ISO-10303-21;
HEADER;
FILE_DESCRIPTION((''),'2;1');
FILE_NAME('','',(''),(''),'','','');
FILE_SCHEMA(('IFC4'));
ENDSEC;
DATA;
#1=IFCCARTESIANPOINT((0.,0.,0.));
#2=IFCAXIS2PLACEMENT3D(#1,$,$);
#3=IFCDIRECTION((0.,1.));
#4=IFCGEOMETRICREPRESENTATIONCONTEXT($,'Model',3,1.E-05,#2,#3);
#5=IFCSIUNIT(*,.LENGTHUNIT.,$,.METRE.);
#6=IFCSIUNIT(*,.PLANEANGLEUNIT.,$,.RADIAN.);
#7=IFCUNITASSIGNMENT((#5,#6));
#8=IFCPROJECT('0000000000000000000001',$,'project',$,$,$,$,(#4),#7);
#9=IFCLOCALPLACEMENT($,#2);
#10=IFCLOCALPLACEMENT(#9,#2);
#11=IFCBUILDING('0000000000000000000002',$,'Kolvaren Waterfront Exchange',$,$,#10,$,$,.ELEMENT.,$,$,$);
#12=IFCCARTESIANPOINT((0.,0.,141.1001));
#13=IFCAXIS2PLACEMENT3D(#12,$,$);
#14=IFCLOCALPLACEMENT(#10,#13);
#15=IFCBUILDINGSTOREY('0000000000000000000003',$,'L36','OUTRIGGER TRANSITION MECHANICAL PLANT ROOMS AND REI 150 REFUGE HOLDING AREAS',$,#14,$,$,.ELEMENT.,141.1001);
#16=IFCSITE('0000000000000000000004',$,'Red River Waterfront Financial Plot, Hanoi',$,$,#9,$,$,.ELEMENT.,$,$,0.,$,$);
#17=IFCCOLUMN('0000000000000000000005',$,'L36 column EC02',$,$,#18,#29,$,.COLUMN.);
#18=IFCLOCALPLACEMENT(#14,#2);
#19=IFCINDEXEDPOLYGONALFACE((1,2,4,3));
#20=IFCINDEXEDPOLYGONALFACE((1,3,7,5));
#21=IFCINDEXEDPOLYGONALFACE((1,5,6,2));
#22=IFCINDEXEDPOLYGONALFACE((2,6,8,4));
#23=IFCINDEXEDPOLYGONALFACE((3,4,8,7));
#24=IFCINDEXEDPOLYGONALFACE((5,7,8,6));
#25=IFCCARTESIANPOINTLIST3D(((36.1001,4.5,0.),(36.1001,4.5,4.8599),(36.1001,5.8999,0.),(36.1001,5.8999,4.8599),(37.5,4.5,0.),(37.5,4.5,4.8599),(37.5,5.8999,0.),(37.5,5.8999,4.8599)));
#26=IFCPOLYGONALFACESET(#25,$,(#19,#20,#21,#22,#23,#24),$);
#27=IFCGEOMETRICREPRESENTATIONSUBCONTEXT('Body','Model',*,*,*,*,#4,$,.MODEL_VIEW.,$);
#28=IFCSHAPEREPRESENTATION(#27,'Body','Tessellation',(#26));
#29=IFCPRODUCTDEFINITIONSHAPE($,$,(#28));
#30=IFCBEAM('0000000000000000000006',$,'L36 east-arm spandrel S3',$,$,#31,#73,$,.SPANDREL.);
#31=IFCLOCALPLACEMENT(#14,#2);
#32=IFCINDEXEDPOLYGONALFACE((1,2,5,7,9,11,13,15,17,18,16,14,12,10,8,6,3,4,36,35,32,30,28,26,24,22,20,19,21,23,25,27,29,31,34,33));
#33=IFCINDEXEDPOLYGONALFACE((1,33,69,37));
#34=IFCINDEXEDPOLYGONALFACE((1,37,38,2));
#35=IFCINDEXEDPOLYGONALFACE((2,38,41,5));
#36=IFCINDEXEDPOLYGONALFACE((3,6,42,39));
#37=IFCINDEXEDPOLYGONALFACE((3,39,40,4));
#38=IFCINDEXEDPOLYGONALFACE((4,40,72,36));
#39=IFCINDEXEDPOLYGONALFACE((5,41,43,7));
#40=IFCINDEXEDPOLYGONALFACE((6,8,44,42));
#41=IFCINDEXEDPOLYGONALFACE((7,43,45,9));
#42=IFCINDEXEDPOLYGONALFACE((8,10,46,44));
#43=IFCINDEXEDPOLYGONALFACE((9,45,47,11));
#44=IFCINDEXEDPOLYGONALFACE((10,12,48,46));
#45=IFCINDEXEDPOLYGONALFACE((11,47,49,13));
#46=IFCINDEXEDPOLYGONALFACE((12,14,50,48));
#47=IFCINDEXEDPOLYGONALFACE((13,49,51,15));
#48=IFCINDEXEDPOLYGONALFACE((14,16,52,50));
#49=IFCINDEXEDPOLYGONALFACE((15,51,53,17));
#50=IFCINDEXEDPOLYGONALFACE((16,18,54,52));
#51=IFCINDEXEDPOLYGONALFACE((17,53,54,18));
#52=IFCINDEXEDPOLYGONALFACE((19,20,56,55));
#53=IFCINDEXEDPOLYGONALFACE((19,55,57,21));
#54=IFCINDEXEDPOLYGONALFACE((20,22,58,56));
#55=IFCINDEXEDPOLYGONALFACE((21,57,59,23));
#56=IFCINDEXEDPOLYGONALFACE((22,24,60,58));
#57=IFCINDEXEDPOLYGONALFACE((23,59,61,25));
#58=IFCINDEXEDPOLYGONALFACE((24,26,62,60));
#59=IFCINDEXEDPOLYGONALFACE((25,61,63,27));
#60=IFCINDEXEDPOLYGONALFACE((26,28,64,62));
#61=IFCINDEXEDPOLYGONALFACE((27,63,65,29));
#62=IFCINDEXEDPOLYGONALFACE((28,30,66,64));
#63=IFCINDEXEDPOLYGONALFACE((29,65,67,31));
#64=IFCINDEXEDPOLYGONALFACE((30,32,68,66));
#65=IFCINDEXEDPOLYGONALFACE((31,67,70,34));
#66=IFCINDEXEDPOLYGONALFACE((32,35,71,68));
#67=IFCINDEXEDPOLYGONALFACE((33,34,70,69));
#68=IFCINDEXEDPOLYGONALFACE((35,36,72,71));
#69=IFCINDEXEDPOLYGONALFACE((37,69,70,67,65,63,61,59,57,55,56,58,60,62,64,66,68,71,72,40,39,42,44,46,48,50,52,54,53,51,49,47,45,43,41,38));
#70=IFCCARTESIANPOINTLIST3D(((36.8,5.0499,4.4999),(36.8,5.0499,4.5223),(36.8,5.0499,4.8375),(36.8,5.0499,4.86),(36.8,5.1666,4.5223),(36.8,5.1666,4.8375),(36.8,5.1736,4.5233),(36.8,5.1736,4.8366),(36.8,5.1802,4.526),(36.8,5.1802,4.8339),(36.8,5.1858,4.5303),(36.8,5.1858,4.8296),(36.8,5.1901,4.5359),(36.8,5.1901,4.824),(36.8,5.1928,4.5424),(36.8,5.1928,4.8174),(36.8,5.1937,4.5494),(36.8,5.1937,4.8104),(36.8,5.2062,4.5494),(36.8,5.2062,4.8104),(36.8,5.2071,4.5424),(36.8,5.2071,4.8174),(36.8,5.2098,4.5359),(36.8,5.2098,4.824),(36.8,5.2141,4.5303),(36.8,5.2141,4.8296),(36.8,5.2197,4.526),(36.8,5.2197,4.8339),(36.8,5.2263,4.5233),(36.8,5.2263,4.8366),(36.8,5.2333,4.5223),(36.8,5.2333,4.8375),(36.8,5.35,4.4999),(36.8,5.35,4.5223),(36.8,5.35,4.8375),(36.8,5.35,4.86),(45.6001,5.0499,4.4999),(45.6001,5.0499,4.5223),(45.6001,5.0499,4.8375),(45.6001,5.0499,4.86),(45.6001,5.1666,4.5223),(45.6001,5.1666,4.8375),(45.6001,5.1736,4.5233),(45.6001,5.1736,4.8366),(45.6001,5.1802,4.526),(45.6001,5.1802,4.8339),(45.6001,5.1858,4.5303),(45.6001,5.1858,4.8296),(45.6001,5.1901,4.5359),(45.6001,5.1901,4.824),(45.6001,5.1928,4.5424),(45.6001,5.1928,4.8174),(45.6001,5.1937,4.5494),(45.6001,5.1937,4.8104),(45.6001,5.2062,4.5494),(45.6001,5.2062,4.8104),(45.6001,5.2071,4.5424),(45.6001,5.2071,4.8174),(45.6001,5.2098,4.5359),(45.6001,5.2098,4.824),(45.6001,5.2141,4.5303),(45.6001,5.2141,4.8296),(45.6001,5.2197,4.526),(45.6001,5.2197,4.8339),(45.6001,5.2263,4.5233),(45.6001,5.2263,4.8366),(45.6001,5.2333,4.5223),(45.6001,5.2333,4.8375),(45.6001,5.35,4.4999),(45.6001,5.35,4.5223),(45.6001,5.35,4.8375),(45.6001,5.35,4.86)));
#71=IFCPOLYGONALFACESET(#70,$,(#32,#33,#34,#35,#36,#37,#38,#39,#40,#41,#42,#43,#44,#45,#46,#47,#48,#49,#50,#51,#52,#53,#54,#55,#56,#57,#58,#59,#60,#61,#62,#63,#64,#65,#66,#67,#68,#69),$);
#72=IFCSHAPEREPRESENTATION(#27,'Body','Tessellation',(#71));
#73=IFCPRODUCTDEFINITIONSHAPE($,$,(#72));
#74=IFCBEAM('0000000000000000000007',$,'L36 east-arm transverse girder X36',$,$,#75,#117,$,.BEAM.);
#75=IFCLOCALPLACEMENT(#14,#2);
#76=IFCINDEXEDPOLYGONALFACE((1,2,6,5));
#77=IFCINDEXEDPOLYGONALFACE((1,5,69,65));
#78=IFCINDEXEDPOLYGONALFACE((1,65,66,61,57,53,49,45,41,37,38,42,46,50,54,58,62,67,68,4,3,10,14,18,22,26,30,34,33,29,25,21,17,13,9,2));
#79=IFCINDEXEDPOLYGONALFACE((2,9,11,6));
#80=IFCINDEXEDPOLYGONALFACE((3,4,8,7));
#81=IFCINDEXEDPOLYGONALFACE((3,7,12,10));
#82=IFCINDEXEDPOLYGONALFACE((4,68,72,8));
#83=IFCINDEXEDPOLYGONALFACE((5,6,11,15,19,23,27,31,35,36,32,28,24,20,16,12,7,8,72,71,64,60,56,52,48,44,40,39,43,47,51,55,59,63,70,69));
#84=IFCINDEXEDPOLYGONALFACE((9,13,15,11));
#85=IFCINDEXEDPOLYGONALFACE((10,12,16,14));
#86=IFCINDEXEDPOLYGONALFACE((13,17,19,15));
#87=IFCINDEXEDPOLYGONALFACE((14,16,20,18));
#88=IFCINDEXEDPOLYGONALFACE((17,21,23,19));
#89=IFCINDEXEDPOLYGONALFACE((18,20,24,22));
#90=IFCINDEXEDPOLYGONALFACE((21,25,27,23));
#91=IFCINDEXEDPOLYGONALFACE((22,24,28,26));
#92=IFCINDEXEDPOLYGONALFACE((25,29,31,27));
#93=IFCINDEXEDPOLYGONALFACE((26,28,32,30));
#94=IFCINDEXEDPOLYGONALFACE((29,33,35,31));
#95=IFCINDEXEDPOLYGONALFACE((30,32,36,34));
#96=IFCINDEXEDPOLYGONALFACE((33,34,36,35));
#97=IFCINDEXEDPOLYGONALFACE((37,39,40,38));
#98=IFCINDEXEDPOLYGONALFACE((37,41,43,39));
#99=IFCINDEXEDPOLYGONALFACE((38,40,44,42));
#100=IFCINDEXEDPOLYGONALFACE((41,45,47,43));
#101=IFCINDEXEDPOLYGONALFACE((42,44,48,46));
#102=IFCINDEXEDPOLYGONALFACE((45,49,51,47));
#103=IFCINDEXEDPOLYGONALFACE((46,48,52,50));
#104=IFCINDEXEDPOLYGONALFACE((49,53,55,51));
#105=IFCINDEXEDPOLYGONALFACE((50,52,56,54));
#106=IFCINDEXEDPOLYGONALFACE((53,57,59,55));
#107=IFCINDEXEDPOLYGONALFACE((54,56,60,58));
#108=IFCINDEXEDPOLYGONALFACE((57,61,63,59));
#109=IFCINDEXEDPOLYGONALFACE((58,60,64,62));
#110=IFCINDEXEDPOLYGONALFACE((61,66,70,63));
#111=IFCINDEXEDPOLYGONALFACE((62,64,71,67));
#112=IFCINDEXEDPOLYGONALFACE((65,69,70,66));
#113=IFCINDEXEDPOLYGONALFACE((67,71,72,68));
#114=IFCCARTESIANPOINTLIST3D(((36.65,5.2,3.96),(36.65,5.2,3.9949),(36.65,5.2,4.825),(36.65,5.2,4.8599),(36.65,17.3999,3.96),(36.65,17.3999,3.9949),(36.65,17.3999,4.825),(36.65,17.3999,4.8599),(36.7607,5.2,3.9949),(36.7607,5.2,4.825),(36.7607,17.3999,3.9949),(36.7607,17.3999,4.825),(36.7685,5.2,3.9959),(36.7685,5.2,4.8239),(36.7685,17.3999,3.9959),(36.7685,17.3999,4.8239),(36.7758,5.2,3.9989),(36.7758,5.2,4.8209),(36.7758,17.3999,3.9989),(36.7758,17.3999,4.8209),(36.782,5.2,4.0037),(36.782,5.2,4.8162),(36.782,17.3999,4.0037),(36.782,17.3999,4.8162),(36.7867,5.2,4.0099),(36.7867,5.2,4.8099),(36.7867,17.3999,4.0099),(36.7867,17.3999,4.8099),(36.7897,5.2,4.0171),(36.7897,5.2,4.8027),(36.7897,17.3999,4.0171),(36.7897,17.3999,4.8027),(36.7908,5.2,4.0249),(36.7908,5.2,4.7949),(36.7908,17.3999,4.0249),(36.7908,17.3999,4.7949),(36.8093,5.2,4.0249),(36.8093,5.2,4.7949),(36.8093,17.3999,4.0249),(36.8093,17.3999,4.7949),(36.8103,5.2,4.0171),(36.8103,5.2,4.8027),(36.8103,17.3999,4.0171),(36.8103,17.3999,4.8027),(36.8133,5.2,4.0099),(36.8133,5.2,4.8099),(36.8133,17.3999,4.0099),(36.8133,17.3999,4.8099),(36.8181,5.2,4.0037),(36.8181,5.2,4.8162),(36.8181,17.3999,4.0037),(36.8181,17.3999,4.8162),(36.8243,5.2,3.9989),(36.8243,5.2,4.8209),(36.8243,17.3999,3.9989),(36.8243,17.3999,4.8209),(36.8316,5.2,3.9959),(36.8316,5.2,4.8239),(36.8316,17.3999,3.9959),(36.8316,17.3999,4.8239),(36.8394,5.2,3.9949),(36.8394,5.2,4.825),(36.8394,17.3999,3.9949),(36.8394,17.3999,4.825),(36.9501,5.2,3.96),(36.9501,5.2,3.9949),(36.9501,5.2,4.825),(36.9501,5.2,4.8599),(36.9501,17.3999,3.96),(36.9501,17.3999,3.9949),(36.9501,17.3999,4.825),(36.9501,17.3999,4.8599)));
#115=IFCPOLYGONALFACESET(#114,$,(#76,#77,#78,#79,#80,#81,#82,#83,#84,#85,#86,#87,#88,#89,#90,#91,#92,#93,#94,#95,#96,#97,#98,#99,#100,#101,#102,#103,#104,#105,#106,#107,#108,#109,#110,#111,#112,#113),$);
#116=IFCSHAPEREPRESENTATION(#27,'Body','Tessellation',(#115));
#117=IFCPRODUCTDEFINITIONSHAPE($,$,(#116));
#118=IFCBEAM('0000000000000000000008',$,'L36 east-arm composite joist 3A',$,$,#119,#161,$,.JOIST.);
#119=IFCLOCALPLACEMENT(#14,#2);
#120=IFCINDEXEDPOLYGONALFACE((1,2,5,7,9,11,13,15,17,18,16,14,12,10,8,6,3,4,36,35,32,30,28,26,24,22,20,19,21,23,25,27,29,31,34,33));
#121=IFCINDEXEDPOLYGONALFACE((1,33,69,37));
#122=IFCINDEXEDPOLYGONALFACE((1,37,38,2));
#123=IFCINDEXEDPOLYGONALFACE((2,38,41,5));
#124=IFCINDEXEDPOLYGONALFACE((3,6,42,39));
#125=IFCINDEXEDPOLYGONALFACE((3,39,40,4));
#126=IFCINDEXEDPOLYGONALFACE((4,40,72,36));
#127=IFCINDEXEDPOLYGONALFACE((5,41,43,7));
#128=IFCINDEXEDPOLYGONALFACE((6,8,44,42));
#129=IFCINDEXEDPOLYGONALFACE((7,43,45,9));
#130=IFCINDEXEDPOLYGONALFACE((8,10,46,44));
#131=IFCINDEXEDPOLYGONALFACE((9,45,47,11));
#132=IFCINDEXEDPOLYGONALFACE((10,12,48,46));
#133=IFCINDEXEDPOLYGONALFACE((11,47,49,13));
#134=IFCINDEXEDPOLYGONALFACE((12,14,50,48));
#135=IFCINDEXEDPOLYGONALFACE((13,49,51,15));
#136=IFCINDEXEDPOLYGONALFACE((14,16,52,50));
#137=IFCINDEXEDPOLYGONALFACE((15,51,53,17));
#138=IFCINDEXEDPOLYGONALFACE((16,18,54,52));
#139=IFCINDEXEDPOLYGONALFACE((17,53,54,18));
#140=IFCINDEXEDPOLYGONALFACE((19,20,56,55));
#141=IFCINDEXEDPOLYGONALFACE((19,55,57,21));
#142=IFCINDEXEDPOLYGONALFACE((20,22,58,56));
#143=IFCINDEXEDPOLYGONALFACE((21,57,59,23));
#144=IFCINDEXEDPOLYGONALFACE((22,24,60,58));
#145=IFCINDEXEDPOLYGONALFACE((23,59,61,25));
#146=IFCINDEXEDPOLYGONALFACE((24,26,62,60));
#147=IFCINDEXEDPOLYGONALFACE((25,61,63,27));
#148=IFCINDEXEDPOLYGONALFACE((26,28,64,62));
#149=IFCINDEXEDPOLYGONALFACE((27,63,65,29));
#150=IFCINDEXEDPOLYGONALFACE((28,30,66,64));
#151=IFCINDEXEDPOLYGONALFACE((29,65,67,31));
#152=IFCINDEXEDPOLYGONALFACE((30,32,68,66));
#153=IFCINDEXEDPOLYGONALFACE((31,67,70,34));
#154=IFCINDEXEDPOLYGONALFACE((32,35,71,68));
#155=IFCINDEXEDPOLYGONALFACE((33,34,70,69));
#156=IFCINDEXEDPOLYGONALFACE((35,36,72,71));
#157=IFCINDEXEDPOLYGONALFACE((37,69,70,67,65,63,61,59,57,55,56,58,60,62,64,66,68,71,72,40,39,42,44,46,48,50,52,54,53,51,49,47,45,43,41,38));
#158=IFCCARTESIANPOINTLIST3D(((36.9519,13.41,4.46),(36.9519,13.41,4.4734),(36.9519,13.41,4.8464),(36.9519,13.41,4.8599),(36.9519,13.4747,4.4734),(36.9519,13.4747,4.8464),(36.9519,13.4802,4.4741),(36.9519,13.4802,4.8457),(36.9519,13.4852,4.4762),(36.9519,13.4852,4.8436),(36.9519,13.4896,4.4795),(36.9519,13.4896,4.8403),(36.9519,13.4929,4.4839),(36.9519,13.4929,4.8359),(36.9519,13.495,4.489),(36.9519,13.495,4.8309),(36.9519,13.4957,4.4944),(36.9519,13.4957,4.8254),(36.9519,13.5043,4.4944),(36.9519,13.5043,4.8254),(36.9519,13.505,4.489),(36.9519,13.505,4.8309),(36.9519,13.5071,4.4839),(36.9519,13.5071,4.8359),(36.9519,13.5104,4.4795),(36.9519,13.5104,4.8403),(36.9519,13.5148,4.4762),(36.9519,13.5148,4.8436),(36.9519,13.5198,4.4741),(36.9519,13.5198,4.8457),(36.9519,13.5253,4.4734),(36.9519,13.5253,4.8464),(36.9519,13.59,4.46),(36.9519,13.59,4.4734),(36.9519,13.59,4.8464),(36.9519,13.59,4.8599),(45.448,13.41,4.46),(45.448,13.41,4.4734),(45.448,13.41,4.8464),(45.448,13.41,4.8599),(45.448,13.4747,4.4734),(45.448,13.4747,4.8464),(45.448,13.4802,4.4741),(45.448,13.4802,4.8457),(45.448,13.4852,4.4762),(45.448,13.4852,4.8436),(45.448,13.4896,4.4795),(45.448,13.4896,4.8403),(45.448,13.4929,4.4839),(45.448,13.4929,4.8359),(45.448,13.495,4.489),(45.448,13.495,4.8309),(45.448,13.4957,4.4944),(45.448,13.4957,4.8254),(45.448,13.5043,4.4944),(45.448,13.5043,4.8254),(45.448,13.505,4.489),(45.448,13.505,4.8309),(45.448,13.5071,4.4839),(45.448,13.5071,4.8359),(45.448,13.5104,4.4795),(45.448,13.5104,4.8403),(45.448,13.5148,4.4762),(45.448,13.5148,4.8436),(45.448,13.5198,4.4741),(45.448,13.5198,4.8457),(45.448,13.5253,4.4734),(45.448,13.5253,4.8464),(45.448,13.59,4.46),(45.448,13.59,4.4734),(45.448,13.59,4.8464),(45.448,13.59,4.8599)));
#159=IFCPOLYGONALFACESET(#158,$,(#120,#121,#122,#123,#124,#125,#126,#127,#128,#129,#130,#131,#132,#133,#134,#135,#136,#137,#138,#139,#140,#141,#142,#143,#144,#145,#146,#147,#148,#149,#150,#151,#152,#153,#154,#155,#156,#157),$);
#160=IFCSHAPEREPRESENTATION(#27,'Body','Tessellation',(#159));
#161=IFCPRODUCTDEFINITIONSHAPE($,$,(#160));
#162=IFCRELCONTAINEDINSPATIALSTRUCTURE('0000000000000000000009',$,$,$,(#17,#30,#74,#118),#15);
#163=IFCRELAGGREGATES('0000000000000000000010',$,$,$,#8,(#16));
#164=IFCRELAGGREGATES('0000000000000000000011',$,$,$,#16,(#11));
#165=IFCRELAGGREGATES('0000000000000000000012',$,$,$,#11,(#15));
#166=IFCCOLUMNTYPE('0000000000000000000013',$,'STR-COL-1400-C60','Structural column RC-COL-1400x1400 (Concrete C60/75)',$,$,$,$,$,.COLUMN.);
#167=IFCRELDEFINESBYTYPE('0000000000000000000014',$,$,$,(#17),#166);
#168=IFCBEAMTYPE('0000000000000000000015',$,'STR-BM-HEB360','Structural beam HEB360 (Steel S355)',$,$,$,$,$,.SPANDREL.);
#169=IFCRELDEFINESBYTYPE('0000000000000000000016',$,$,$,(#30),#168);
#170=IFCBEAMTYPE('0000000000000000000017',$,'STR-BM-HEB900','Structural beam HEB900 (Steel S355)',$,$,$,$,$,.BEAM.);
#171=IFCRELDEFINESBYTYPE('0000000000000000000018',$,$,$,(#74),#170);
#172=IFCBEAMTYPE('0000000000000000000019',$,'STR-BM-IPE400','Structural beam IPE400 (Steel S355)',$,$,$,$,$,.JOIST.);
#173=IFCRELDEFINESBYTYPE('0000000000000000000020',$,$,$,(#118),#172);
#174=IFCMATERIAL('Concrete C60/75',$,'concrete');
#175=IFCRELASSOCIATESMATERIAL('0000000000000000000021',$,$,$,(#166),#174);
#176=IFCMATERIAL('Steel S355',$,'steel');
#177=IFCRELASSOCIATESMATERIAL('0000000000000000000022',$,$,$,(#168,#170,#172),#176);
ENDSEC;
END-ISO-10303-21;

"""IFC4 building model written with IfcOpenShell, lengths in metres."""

from ifc_helpers import new_model, si_unit, direction, frame, origin, origin_2d, place, context, subcontext, project, spatial, rectangle, i_section, extrude, material, material_profile, profile_set, type_object, element, save


model = new_model("IFC4")

# Units and contexts
model_context = context("Model", 3, precision=1e-05, world=origin(), true_north=direction((0.0, 1.0)))
body_context = subcontext(model_context, "Body", "Model", "MODEL_VIEW")
ifc_project = project(units=[si_unit("LENGTHUNIT", "METRE"), si_unit("PLANEANGLEUNIT", "RADIAN")], contexts=[model_context])

# Site, building, storey
site_placement = place(None, origin())
site = spatial("IfcSite", under=ifc_project, at=site_placement, Name="Red River Waterfront Financial Plot, Hanoi", CompositionType="ELEMENT", RefElevation=0.0)
building_placement = place(site_placement, origin())
building = spatial("IfcBuilding", under=site, at=building_placement, Name="Kolvaren Waterfront Exchange", CompositionType="ELEMENT")
storey_placement = place(building_placement, frame((0.0, 0.0, 141.1001)))
storey = spatial("IfcBuildingStorey", under=building, at=storey_placement, Name="L36", Description="OUTRIGGER TRANSITION MECHANICAL PLANT ROOMS AND REI 150 REFUGE HOLDING AREAS", CompositionType="ELEMENT", Elevation=141.1001)

# Column
ifc_material_1 = material(Name="Concrete C60/75", Category="concrete")
ifc_material_profile_1 = material_profile(ifc_material_1, rectangle(XDim=1.3999, YDim=1.3999, at=origin_2d()), Name="RC-COL-1400x1400")
ifc_profile_set_1 = profile_set([ifc_material_profile_1], Name="Concrete C60/75")
column_type = type_object("IfcColumnType", Name="STR-COL-1400-C60", Description="Structural column RC-COL-1400x1400 (Concrete C60/75)", PredefinedType="COLUMN", material=ifc_profile_set_1)
column_placement = place(storey_placement, frame((36.8, 5.2, 0.0), z_axis=(0.0, 0.0, 1.0), x_axis=(1.0, 0.0, 0.0)))
element("IfcColumn", 1, at=column_placement, inside=storey, type_object=column_type, Name="L36 column EC02", PredefinedType="COLUMN", context=body_context, shape_type="SweptSolid", body=[
    extrude(rectangle(XDim=1.3999, YDim=1.3999, at=origin_2d()), origin(), (0.0, 0.0, 1.0), 4.8599),
])

# Beams
ifc_material_2 = material(Name="Steel S355", Category="steel")
ifc_material_profile_2 = material_profile(ifc_material_2, i_section(OverallWidth=0.3, OverallDepth=0.3601, WebThickness=0.0125, FlangeThickness=0.0225, FilletRadius=0.0271, at=origin_2d()), Name="HEB360")
ifc_profile_set_2 = profile_set([ifc_material_profile_2], Name="Steel S355")
beam_type_1 = type_object("IfcBeamType", Name="STR-BM-HEB360", Description="Structural beam HEB360 (Steel S355)", PredefinedType="SPANDREL", material=ifc_profile_set_2)
beam_1_placement = place(storey_placement, frame((36.8, 5.2, 4.6799), z_axis=(1.0, 0.0, 0.0), x_axis=(0.0, 1.0, 0.0)))
element("IfcBeam", 2, at=beam_1_placement, inside=storey, type_object=beam_type_1, Name="L36 east-arm spandrel S3", PredefinedType="SPANDREL", context=body_context, shape_type="SweptSolid", body=[
    extrude(i_section(OverallWidth=0.3, OverallDepth=0.3601, WebThickness=0.0125, FlangeThickness=0.0225, FilletRadius=0.0271, at=origin_2d()), origin(), (0.0, 0.0, 1.0), 8.8),
])
ifc_material_profile_3 = material_profile(ifc_material_2, i_section(OverallWidth=0.3, OverallDepth=0.8999, WebThickness=0.0186, FlangeThickness=0.0349, FilletRadius=0.03, at=origin_2d()), Name="HEB900")
ifc_profile_set_3 = profile_set([ifc_material_profile_3], Name="Steel S355")
beam_type_2 = type_object("IfcBeamType", Name="STR-BM-HEB900", Description="Structural beam HEB900 (Steel S355)", PredefinedType="BEAM", material=ifc_profile_set_3)
beam_2_placement = place(storey_placement, frame((36.8, 5.2, 4.4099), z_axis=(0.0, 1.0, 0.0), x_axis=(-1.0, 0.0, 0.0)))
element("IfcBeam", 3, at=beam_2_placement, inside=storey, type_object=beam_type_2, Name="L36 east-arm transverse girder X36", PredefinedType="BEAM", context=body_context, shape_type="SweptSolid", body=[
    extrude(i_section(OverallWidth=0.3, OverallDepth=0.8999, WebThickness=0.0186, FlangeThickness=0.0349, FilletRadius=0.03, at=origin_2d()), origin(), (0.0, 0.0, 1.0), 12.2),
])
ifc_material_profile_4 = material_profile(ifc_material_2, i_section(OverallWidth=0.1799, OverallDepth=0.3999, WebThickness=0.0085, FlangeThickness=0.0134, FilletRadius=0.021, at=origin_2d()), Name="IPE400")
ifc_profile_set_4 = profile_set([ifc_material_profile_4], Name="Steel S355")
beam_type_3 = type_object("IfcBeamType", Name="STR-BM-IPE400", Description="Structural beam IPE400 (Steel S355)", PredefinedType="JOIST", material=ifc_profile_set_4)
for number, where, z_axis, x_axis, name in (
    (4, (36.9519, 13.5, 4.6599), (1.0, 0.0, 0.0), (0.0, 1.0, 0.0), "L36 east-arm composite joist 3A"),
):
    element("IfcBeam", number, at=place(storey_placement, frame(where, z_axis=z_axis, x_axis=x_axis)), inside=storey, type_object=beam_type_3, Name=name, PredefinedType="JOIST", context=body_context, shape_type="SweptSolid", body=[
        extrude(i_section(OverallWidth=0.1799, OverallDepth=0.3999, WebThickness=0.0085, FlangeThickness=0.0134, FilletRadius=0.021, at=origin_2d()), origin(), (0.0, 0.0, 1.0), 8.4961),
    ])

save(model, "model.ifc")
